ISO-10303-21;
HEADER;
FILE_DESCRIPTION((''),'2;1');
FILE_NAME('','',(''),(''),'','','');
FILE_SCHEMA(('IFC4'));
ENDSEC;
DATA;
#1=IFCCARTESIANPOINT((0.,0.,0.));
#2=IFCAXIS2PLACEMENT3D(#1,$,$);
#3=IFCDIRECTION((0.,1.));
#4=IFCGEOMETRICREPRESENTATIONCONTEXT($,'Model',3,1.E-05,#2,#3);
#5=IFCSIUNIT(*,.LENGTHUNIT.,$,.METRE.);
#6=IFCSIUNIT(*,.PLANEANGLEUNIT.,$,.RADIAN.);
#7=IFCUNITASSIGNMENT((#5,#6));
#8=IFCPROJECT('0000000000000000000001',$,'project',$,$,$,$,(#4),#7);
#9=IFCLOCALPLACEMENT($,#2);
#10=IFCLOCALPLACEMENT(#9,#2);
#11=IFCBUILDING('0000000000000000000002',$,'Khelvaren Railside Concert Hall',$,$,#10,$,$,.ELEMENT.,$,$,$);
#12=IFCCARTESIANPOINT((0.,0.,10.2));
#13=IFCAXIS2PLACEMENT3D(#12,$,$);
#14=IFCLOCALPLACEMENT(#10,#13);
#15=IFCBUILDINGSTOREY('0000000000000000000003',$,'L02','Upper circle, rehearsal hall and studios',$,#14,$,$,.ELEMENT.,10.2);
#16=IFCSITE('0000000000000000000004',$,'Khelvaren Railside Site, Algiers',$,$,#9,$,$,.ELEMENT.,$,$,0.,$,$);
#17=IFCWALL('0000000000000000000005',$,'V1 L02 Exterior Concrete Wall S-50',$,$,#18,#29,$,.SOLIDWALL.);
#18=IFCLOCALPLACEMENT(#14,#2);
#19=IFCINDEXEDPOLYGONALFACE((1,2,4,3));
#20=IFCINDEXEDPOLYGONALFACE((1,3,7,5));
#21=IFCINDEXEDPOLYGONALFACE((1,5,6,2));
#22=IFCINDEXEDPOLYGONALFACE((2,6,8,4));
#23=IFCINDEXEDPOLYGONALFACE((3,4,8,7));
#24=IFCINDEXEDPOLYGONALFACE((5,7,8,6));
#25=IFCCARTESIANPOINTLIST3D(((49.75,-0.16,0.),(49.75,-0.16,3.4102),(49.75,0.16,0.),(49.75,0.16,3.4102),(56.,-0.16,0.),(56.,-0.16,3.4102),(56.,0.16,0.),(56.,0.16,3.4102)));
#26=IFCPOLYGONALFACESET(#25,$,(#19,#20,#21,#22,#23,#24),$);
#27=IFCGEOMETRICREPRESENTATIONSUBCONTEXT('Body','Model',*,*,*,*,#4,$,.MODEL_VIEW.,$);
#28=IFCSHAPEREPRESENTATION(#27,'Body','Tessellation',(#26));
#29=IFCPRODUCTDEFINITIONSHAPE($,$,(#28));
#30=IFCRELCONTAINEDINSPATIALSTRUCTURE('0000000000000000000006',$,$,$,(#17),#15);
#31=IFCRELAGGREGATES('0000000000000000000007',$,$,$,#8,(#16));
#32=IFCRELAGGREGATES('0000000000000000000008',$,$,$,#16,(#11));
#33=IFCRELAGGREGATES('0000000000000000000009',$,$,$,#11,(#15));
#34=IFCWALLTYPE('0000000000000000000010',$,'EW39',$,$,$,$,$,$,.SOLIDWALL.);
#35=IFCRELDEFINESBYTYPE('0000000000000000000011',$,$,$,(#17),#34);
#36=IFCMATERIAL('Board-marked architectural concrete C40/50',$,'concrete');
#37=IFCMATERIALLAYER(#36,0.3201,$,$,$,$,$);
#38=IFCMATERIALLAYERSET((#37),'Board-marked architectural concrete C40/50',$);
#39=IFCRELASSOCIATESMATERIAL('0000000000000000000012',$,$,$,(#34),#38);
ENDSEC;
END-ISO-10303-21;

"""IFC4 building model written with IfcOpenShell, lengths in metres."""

from ifc_helpers import new_model, si_unit, direction, frame, frame_2d, origin, place, context, subcontext, project, spatial, rectangle, extrude, material, layer, layer_set, type_object, element, save


model = new_model("IFC4")

# Units and contexts
model_context = context("Model", 3, precision=1e-05, world=origin(), true_north=direction((0.0, 1.0)))
body_context = subcontext(model_context, "Body", "Model", "MODEL_VIEW")
ifc_project = project(units=[si_unit("LENGTHUNIT", "METRE"), si_unit("PLANEANGLEUNIT", "RADIAN")], contexts=[model_context])

# Site, building, storey
site_placement = place(None, origin())
site = spatial("IfcSite", under=ifc_project, at=site_placement, Name="Khelvaren Railside Site, Algiers", CompositionType="ELEMENT", RefElevation=0.0)
building_placement = place(site_placement, origin())
building = spatial("IfcBuilding", under=site, at=building_placement, Name="Khelvaren Railside Concert Hall", CompositionType="ELEMENT")
storey_placement = place(building_placement, frame((0.0, 0.0, 10.2)))
storey = spatial("IfcBuildingStorey", under=building, at=storey_placement, Name="L02", Description="Upper circle, rehearsal hall and studios", CompositionType="ELEMENT", Elevation=10.2)

# Wall
ifc_material_1 = material(Name="Board-marked architectural concrete C40/50", Category="concrete")
ifc_layer_1 = layer(ifc_material_1, 0.3201)
ifc_layer_set_1 = layer_set([ifc_layer_1], Name="Board-marked architectural concrete C40/50")
wall_type = type_object("IfcWallType", Name="EW39", PredefinedType="SOLIDWALL", material=ifc_layer_set_1)
wall_placement = place(storey_placement, frame((56.0, 0.0, 0.0), z_axis=(0.0, 0.0, 1.0), x_axis=(-1.0, 0.0, 0.0)))
element("IfcWall", 1, at=wall_placement, inside=storey, type_object=wall_type, Name="V1 L02 Exterior Concrete Wall S-50", PredefinedType="SOLIDWALL", context=body_context, shape_type="SweptSolid", body=[
    extrude(rectangle(XDim=6.25, YDim=0.3201, at=frame_2d((3.125, 0.0))), origin(), (0.0, 0.0, 1.0), 3.4102),
])

save(model, "model.ifc")
